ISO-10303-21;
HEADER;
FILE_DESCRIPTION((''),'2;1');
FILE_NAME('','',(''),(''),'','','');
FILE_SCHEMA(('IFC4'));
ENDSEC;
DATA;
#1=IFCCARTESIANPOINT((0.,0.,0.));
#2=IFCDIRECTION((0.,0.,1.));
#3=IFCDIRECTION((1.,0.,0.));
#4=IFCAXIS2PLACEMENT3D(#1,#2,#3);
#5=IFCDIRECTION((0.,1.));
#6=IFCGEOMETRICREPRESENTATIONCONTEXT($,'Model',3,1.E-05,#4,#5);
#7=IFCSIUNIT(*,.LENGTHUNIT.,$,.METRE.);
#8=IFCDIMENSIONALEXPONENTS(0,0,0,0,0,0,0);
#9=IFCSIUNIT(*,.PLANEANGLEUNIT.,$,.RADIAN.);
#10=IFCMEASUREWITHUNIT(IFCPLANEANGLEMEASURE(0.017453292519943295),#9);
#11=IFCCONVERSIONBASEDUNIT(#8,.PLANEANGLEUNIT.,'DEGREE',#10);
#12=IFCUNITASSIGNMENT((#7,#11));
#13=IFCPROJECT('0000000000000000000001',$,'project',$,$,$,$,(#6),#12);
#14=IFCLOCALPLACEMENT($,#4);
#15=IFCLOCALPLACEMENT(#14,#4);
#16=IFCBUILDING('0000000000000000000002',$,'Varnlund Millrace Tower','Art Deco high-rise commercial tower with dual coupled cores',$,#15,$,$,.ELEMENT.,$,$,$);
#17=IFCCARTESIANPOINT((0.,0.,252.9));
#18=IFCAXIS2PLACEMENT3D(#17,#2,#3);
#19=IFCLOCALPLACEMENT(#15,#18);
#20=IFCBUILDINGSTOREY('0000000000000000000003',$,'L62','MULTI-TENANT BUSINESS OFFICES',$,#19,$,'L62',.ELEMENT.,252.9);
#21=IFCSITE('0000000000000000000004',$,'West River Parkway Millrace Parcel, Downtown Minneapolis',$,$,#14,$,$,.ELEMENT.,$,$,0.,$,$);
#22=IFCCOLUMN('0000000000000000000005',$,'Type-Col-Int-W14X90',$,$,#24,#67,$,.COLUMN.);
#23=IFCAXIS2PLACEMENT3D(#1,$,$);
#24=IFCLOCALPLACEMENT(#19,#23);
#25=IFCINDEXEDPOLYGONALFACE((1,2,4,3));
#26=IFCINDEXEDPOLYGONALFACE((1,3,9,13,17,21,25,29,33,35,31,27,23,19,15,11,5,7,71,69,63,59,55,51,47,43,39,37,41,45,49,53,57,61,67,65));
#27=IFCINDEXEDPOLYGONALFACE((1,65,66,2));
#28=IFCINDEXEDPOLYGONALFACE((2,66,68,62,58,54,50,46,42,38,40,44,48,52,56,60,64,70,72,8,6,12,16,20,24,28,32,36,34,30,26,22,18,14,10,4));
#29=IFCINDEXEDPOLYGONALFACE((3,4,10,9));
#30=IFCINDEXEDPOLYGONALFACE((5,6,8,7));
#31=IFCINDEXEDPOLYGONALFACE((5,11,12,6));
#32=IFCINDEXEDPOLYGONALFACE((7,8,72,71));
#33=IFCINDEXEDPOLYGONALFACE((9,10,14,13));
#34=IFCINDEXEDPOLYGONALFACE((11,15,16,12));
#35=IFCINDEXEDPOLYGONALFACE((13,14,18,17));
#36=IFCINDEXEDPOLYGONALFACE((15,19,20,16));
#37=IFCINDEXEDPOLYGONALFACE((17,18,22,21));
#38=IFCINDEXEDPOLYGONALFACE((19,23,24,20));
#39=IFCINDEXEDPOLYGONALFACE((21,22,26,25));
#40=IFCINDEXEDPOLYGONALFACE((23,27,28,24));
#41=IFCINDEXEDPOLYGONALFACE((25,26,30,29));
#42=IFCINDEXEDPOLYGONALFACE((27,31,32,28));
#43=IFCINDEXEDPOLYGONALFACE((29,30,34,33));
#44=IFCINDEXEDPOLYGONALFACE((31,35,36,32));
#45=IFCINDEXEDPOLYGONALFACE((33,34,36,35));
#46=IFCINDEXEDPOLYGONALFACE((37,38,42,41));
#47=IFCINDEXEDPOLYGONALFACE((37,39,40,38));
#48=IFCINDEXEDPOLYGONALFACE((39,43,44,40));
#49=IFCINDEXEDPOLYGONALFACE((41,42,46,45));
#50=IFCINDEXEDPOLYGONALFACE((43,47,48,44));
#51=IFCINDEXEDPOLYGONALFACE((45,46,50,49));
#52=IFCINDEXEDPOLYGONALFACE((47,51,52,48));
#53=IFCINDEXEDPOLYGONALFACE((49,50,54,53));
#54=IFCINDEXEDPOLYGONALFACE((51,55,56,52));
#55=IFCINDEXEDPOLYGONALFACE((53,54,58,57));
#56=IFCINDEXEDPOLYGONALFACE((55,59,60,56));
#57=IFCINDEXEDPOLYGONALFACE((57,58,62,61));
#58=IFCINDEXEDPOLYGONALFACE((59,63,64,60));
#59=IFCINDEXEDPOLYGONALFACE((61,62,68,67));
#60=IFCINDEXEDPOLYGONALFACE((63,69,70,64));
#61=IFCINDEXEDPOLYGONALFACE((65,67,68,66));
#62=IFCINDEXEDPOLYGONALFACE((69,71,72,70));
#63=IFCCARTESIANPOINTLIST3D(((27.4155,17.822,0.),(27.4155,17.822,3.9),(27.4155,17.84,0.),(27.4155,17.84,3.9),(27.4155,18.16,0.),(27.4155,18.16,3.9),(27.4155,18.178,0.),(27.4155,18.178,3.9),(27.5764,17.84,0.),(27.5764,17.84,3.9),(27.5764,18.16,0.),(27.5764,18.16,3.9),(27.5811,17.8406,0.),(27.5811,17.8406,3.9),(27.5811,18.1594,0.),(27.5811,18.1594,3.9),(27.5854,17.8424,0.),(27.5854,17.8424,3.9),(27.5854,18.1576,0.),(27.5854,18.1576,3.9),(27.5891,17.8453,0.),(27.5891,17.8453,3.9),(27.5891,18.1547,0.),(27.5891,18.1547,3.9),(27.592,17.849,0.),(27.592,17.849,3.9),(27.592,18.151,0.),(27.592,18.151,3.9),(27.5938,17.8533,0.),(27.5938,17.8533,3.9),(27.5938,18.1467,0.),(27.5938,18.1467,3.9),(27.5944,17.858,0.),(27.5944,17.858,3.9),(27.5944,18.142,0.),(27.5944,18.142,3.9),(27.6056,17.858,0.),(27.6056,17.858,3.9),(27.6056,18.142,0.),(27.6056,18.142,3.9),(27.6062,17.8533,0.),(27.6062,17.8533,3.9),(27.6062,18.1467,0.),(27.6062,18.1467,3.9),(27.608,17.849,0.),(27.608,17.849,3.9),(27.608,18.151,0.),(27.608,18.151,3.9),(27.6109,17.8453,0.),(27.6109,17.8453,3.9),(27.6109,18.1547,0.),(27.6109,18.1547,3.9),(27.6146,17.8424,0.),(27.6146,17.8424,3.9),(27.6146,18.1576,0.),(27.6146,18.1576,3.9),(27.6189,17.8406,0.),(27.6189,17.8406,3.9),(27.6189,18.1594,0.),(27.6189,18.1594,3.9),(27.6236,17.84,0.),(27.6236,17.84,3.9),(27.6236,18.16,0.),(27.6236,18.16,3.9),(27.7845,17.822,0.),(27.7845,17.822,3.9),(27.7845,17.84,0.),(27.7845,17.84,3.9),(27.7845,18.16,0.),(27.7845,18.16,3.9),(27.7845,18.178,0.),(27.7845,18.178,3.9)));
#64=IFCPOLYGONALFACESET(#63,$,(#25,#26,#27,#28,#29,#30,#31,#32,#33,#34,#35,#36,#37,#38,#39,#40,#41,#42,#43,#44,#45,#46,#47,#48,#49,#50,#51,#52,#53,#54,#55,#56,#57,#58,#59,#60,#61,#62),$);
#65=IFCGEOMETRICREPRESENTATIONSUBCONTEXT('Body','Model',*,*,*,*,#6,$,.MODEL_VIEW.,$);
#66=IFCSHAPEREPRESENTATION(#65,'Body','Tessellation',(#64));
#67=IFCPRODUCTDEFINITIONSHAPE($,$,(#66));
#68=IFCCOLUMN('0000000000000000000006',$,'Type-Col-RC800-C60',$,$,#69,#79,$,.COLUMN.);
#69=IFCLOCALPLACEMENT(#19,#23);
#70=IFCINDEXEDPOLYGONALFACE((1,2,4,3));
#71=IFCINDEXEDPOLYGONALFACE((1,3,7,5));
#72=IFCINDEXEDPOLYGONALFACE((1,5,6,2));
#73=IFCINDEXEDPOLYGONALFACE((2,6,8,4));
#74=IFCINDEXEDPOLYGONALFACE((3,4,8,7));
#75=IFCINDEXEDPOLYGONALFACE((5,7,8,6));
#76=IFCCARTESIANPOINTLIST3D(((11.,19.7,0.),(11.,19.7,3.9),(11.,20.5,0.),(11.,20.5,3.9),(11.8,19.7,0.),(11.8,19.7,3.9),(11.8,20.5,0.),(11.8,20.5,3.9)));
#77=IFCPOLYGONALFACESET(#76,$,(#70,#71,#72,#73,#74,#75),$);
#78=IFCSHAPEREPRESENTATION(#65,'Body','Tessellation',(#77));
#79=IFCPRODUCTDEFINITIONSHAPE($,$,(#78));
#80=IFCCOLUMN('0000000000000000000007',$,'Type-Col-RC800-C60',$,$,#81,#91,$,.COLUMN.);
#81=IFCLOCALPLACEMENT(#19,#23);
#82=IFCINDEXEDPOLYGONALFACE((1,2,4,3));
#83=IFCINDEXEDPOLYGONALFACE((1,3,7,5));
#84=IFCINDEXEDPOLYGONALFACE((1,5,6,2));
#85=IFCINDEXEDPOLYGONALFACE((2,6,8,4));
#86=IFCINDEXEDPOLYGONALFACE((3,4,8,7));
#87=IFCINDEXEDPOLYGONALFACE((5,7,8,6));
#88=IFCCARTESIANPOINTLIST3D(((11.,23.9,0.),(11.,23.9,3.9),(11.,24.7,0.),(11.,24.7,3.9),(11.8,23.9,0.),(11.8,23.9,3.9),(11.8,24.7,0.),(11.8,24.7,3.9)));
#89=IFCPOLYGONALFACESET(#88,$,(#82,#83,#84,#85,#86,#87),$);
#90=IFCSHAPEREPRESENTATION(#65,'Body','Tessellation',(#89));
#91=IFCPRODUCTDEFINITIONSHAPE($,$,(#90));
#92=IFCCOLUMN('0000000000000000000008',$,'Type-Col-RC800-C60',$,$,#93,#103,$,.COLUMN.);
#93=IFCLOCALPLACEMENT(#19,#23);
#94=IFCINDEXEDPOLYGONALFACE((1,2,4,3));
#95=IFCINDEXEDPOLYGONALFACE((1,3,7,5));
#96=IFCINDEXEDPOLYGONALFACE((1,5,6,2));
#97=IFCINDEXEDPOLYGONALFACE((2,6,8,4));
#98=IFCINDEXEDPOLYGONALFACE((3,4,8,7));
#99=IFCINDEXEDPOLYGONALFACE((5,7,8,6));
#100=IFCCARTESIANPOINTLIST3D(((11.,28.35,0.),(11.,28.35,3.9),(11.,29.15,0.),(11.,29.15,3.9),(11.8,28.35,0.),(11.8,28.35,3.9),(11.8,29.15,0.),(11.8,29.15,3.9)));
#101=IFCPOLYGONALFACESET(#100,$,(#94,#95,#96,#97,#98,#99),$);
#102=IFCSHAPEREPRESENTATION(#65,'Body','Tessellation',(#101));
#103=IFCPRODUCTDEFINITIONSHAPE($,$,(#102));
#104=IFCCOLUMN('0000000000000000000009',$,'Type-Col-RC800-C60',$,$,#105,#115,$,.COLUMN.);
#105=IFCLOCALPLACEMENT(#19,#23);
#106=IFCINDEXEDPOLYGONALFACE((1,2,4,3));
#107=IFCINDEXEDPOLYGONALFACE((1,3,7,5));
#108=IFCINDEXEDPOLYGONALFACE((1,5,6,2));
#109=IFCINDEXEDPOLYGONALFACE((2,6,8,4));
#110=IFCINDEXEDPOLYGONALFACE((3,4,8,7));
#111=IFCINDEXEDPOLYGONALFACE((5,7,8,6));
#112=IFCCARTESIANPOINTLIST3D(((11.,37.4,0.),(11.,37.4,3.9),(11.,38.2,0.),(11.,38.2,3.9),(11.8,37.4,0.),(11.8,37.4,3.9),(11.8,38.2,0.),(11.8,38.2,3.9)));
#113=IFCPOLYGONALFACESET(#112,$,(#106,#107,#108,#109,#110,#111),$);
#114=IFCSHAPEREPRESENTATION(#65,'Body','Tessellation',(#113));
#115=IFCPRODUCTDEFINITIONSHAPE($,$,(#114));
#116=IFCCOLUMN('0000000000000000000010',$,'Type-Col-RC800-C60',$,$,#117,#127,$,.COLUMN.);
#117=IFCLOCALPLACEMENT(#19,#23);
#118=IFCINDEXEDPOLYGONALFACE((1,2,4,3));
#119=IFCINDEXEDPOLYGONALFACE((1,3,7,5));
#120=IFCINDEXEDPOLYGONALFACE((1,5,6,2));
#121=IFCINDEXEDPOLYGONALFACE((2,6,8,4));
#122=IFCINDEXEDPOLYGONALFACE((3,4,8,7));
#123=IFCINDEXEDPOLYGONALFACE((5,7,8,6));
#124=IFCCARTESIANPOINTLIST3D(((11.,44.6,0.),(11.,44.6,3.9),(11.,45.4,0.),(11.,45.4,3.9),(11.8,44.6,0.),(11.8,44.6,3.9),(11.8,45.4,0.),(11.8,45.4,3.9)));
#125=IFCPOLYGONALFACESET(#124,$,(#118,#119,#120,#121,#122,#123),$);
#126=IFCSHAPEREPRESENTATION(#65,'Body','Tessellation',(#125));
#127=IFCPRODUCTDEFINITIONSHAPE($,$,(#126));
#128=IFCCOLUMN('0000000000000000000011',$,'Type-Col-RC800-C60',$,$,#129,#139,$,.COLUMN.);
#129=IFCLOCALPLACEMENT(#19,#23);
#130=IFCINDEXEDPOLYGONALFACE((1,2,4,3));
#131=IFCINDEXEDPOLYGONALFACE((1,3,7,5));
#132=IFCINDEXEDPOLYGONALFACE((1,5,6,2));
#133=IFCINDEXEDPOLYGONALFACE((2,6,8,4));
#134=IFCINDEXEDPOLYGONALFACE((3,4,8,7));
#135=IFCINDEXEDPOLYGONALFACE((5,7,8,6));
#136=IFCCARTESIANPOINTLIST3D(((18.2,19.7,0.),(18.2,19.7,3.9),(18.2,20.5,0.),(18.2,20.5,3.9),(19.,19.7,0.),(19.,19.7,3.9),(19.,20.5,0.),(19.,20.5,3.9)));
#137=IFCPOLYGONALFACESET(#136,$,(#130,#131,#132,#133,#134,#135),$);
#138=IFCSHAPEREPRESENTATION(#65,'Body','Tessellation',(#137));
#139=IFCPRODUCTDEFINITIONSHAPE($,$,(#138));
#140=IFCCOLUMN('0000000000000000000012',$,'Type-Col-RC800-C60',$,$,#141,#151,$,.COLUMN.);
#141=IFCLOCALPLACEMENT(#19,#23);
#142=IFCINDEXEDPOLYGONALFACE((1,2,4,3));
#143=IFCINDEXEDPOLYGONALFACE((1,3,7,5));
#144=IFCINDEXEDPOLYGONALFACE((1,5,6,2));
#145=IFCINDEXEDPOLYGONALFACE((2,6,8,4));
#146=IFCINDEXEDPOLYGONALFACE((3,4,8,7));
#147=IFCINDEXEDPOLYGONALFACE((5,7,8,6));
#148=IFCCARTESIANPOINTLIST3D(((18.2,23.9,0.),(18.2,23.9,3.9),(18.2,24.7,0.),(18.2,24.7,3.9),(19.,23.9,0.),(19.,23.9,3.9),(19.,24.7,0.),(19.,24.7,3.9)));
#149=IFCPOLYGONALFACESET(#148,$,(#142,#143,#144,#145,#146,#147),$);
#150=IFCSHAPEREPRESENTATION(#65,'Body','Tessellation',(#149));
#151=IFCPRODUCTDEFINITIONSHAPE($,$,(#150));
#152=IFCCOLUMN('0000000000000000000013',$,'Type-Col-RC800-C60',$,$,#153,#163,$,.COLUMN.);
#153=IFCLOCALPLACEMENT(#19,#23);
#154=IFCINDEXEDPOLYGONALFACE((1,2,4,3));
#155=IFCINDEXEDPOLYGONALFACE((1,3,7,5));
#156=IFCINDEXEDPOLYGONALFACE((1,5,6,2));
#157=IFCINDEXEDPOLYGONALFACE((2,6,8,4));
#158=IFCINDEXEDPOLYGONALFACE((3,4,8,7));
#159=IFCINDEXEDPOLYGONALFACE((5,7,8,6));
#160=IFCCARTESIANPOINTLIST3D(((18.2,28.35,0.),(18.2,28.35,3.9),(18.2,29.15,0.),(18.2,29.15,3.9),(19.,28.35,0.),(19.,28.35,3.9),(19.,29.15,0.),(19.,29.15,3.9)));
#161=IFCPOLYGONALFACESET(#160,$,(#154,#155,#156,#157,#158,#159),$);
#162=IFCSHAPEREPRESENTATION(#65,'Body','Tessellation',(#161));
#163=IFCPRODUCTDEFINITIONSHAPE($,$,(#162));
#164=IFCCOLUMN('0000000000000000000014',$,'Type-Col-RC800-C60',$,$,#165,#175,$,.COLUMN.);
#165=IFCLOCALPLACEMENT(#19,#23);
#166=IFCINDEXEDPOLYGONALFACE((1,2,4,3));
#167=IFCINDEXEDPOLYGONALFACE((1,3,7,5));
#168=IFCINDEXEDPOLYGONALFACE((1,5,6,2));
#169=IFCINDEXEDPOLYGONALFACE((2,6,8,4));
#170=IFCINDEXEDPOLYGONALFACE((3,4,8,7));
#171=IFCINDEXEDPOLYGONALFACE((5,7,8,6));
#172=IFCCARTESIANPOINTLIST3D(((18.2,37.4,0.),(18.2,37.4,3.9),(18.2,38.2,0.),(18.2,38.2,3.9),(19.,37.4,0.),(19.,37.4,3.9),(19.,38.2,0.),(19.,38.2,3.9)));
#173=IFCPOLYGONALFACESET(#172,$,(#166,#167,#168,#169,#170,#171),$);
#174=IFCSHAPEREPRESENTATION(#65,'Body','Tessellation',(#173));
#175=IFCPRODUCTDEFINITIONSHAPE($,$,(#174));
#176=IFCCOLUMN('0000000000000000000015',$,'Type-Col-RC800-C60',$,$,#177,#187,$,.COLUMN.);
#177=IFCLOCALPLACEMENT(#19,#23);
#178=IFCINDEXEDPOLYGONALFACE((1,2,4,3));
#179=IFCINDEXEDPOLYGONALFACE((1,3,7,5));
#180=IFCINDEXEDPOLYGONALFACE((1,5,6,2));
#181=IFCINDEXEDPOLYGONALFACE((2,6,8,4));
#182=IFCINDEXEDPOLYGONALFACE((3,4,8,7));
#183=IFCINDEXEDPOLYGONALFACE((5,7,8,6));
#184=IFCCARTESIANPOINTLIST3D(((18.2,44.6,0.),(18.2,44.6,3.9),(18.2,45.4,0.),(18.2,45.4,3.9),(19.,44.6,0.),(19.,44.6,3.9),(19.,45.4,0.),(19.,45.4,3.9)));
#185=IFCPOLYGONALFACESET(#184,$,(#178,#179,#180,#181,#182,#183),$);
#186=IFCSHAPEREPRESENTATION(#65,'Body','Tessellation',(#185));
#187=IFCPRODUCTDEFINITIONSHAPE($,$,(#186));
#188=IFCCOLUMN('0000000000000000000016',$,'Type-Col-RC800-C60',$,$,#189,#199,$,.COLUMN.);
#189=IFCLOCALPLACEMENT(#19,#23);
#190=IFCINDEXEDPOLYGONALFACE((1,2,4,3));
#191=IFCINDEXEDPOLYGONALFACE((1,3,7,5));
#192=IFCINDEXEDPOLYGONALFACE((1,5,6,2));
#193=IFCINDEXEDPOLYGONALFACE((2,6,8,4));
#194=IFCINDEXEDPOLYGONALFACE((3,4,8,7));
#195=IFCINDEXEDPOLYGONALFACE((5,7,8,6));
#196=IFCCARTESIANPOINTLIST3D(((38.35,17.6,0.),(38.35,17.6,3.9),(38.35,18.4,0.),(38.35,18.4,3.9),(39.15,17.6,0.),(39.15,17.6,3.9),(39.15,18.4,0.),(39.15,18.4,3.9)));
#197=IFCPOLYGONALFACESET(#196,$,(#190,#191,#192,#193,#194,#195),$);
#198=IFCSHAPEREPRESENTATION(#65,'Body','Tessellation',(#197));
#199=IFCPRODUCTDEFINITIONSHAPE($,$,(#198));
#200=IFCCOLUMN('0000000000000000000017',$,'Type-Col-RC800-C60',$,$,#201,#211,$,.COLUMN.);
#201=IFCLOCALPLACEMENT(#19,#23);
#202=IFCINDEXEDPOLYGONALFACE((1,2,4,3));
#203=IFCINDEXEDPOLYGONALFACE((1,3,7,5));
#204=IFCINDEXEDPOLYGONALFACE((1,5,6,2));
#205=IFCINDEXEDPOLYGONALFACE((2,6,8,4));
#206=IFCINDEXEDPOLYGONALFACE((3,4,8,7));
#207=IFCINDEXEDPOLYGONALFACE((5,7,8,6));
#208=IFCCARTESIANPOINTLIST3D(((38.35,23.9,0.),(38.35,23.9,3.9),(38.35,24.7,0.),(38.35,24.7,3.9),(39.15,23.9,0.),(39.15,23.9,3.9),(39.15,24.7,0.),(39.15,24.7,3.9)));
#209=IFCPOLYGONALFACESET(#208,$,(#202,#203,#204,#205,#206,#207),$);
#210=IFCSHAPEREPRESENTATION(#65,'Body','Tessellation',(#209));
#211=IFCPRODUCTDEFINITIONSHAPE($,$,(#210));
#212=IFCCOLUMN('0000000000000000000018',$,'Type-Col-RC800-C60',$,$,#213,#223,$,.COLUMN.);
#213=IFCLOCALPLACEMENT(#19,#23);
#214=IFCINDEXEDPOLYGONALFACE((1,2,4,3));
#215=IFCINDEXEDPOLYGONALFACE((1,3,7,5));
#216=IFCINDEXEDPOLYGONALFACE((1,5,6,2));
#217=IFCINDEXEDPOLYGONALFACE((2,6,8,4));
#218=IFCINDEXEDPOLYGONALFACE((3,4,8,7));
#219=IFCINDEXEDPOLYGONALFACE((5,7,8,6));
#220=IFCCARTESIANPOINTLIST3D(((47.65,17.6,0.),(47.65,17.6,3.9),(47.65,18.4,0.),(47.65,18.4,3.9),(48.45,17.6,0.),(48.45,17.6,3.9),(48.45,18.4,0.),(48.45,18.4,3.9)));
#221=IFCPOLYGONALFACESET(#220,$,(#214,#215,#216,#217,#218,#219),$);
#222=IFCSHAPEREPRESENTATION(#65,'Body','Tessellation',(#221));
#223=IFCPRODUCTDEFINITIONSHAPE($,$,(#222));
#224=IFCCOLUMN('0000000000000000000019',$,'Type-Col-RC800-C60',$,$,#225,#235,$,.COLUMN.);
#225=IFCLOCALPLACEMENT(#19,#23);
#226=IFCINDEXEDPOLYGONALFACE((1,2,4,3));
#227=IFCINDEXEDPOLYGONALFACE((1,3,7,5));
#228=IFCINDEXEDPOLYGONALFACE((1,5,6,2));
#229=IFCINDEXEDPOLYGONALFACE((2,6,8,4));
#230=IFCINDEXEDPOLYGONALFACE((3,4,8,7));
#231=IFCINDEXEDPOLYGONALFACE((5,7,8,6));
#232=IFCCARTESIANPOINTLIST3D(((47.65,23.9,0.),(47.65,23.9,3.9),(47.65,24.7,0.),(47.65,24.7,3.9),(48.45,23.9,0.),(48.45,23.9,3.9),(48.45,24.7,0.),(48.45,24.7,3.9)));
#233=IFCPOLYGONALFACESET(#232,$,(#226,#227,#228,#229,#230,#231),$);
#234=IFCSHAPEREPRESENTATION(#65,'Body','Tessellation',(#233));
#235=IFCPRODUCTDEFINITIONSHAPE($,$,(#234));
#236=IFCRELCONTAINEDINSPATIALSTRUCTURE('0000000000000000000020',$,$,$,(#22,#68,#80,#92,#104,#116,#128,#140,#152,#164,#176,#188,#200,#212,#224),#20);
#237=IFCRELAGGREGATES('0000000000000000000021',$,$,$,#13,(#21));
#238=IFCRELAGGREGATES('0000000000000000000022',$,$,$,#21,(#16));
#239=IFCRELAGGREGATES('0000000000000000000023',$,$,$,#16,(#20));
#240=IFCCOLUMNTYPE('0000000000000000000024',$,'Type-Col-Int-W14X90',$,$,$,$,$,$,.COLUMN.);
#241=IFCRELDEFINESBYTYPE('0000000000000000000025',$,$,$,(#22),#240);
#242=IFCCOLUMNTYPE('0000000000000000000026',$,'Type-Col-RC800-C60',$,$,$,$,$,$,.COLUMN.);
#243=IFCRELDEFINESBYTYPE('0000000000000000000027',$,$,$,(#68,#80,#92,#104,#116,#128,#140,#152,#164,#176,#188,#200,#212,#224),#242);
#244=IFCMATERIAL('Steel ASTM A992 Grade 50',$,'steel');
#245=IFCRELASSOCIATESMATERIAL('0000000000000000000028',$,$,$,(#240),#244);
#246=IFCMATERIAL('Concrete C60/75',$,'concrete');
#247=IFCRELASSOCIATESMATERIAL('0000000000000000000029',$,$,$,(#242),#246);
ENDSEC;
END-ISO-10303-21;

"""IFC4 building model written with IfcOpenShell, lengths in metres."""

from ifc_helpers import new_model, entity, si_unit, converted_unit, direction, frame, origin_with_axes, origin_2d_with_axis, place, context, subcontext, project, spatial, rectangle, i_section, extrude, material, material_profile, profile_set, type_object, element, save


model = new_model("IFC4")

# Units and contexts
model_context = context("Model", 3, precision=1e-05, world=origin_with_axes(), true_north=direction((0.0, 1.0)))
body_context = subcontext(model_context, "Body", "Model", "MODEL_VIEW")
ifc_project = project(units=[si_unit("LENGTHUNIT", "METRE"), converted_unit("PLANEANGLEUNIT", "DEGREE", entity("IfcPlaneAngleMeasure", 0.017453292519943295), si_unit("PLANEANGLEUNIT", "RADIAN"), dimensions=[0, 0, 0, 0, 0, 0, 0])], contexts=[model_context])

# Site, building, storey
site_placement = place(None, origin_with_axes())
site = spatial("IfcSite", under=ifc_project, at=site_placement, Name="West River Parkway Millrace Parcel, Downtown Minneapolis", CompositionType="ELEMENT", RefElevation=0.0)
building_placement = place(site_placement, origin_with_axes())
building = spatial("IfcBuilding", under=site, at=building_placement, Name="Varnlund Millrace Tower", Description="Art Deco high-rise commercial tower with dual coupled cores", CompositionType="ELEMENT")
storey_placement = place(building_placement, frame((0.0, 0.0, 252.9), z_axis=(0.0, 0.0, 1.0), x_axis=(1.0, 0.0, 0.0)))
storey = spatial("IfcBuildingStorey", under=building, at=storey_placement, Name="L62", Description="MULTI-TENANT BUSINESS OFFICES", LongName="L62", CompositionType="ELEMENT", Elevation=252.9)

# Columns
ifc_material_1 = material(Name="Steel ASTM A992 Grade 50", Category="steel")
ifc_material_profile_1 = material_profile(ifc_material_1, i_section(OverallWidth=0.369, OverallDepth=0.356, WebThickness=0.0112, FlangeThickness=0.018, FilletRadius=0.018, at=origin_2d_with_axis()), Name="Steel ASTM A992 Grade 50")
ifc_profile_set_1 = profile_set([ifc_material_profile_1], Name="Steel ASTM A992 Grade 50")
column_type_1 = type_object("IfcColumnType", Name="Type-Col-Int-W14X90", PredefinedType="COLUMN", material=ifc_profile_set_1)
column_placement = place(storey_placement, frame((27.6, 18.0, 0.0), z_axis=(0.0, 0.0, 1.0), x_axis=(1.0, 0.0, 0.0)))
element("IfcColumn", 1, at=column_placement, inside=storey, type_object=column_type_1, Name="Type-Col-Int-W14X90", PredefinedType="COLUMN", context=body_context, shape_type="SweptSolid", body=[
    extrude(i_section(OverallWidth=0.369, OverallDepth=0.356, WebThickness=0.0112, FlangeThickness=0.018, FilletRadius=0.018, at=origin_2d_with_axis()), origin_with_axes(), (0.0, 0.0, 1.0), 3.9),
])
ifc_material_2 = material(Name="Concrete C60/75", Category="concrete")
ifc_material_profile_2 = material_profile(ifc_material_2, rectangle(XDim=0.8, YDim=0.8, at=origin_2d_with_axis()), Name="Concrete C60/75")
ifc_profile_set_2 = profile_set([ifc_material_profile_2], Name="Concrete C60/75")
column_type_2 = type_object("IfcColumnType", Name="Type-Col-RC800-C60", PredefinedType="COLUMN", material=ifc_profile_set_2)
for number, where, z_axis, x_axis, name in (
    (2, (11.4, 20.1, 0.0), (0.0, 0.0, 1.0), (1.0, 0.0, 0.0), "Type-Col-RC800-C60"),
    (3, (11.4, 24.3, 0.0), (0.0, 0.0, 1.0), (1.0, 0.0, 0.0), "Type-Col-RC800-C60"),
    (4, (11.4, 28.75, 0.0), (0.0, 0.0, 1.0), (1.0, 0.0, 0.0), "Type-Col-RC800-C60"),
    (5, (11.4, 37.8, 0.0), (0.0, 0.0, 1.0), (1.0, 0.0, 0.0), "Type-Col-RC800-C60"),
    (6, (11.4, 45.0, 0.0), (0.0, 0.0, 1.0), (1.0, 0.0, 0.0), "Type-Col-RC800-C60"),
    (7, (18.6, 20.1, 0.0), (0.0, 0.0, 1.0), (1.0, 0.0, 0.0), "Type-Col-RC800-C60"),
    (8, (18.6, 24.3, 0.0), (0.0, 0.0, 1.0), (1.0, 0.0, 0.0), "Type-Col-RC800-C60"),
    (9, (18.6, 28.75, 0.0), (0.0, 0.0, 1.0), (1.0, 0.0, 0.0), "Type-Col-RC800-C60"),
    (10, (18.6, 37.8, 0.0), (0.0, 0.0, 1.0), (1.0, 0.0, 0.0), "Type-Col-RC800-C60"),
    (11, (18.6, 45.0, 0.0), (0.0, 0.0, 1.0), (1.0, 0.0, 0.0), "Type-Col-RC800-C60"),
    (12, (38.75, 18.0, 0.0), (0.0, 0.0, 1.0), (1.0, 0.0, 0.0), "Type-Col-RC800-C60"),
    (13, (38.75, 24.3, 0.0), (0.0, 0.0, 1.0), (1.0, 0.0, 0.0), "Type-Col-RC800-C60"),
    (14, (48.05, 18.0, 0.0), (0.0, 0.0, 1.0), (1.0, 0.0, 0.0), "Type-Col-RC800-C60"),
    (15, (48.05, 24.3, 0.0), (0.0, 0.0, 1.0), (1.0, 0.0, 0.0), "Type-Col-RC800-C60"),
):
    element("IfcColumn", number, at=place(storey_placement, frame(where, z_axis=z_axis, x_axis=x_axis)), inside=storey, type_object=column_type_2, Name=name, PredefinedType="COLUMN", context=body_context, shape_type="SweptSolid", body=[
        extrude(rectangle(XDim=0.8, YDim=0.8, at=origin_2d_with_axis()), origin_with_axes(), (0.0, 0.0, 1.0), 3.9),
    ])

save(model, "model.ifc")
